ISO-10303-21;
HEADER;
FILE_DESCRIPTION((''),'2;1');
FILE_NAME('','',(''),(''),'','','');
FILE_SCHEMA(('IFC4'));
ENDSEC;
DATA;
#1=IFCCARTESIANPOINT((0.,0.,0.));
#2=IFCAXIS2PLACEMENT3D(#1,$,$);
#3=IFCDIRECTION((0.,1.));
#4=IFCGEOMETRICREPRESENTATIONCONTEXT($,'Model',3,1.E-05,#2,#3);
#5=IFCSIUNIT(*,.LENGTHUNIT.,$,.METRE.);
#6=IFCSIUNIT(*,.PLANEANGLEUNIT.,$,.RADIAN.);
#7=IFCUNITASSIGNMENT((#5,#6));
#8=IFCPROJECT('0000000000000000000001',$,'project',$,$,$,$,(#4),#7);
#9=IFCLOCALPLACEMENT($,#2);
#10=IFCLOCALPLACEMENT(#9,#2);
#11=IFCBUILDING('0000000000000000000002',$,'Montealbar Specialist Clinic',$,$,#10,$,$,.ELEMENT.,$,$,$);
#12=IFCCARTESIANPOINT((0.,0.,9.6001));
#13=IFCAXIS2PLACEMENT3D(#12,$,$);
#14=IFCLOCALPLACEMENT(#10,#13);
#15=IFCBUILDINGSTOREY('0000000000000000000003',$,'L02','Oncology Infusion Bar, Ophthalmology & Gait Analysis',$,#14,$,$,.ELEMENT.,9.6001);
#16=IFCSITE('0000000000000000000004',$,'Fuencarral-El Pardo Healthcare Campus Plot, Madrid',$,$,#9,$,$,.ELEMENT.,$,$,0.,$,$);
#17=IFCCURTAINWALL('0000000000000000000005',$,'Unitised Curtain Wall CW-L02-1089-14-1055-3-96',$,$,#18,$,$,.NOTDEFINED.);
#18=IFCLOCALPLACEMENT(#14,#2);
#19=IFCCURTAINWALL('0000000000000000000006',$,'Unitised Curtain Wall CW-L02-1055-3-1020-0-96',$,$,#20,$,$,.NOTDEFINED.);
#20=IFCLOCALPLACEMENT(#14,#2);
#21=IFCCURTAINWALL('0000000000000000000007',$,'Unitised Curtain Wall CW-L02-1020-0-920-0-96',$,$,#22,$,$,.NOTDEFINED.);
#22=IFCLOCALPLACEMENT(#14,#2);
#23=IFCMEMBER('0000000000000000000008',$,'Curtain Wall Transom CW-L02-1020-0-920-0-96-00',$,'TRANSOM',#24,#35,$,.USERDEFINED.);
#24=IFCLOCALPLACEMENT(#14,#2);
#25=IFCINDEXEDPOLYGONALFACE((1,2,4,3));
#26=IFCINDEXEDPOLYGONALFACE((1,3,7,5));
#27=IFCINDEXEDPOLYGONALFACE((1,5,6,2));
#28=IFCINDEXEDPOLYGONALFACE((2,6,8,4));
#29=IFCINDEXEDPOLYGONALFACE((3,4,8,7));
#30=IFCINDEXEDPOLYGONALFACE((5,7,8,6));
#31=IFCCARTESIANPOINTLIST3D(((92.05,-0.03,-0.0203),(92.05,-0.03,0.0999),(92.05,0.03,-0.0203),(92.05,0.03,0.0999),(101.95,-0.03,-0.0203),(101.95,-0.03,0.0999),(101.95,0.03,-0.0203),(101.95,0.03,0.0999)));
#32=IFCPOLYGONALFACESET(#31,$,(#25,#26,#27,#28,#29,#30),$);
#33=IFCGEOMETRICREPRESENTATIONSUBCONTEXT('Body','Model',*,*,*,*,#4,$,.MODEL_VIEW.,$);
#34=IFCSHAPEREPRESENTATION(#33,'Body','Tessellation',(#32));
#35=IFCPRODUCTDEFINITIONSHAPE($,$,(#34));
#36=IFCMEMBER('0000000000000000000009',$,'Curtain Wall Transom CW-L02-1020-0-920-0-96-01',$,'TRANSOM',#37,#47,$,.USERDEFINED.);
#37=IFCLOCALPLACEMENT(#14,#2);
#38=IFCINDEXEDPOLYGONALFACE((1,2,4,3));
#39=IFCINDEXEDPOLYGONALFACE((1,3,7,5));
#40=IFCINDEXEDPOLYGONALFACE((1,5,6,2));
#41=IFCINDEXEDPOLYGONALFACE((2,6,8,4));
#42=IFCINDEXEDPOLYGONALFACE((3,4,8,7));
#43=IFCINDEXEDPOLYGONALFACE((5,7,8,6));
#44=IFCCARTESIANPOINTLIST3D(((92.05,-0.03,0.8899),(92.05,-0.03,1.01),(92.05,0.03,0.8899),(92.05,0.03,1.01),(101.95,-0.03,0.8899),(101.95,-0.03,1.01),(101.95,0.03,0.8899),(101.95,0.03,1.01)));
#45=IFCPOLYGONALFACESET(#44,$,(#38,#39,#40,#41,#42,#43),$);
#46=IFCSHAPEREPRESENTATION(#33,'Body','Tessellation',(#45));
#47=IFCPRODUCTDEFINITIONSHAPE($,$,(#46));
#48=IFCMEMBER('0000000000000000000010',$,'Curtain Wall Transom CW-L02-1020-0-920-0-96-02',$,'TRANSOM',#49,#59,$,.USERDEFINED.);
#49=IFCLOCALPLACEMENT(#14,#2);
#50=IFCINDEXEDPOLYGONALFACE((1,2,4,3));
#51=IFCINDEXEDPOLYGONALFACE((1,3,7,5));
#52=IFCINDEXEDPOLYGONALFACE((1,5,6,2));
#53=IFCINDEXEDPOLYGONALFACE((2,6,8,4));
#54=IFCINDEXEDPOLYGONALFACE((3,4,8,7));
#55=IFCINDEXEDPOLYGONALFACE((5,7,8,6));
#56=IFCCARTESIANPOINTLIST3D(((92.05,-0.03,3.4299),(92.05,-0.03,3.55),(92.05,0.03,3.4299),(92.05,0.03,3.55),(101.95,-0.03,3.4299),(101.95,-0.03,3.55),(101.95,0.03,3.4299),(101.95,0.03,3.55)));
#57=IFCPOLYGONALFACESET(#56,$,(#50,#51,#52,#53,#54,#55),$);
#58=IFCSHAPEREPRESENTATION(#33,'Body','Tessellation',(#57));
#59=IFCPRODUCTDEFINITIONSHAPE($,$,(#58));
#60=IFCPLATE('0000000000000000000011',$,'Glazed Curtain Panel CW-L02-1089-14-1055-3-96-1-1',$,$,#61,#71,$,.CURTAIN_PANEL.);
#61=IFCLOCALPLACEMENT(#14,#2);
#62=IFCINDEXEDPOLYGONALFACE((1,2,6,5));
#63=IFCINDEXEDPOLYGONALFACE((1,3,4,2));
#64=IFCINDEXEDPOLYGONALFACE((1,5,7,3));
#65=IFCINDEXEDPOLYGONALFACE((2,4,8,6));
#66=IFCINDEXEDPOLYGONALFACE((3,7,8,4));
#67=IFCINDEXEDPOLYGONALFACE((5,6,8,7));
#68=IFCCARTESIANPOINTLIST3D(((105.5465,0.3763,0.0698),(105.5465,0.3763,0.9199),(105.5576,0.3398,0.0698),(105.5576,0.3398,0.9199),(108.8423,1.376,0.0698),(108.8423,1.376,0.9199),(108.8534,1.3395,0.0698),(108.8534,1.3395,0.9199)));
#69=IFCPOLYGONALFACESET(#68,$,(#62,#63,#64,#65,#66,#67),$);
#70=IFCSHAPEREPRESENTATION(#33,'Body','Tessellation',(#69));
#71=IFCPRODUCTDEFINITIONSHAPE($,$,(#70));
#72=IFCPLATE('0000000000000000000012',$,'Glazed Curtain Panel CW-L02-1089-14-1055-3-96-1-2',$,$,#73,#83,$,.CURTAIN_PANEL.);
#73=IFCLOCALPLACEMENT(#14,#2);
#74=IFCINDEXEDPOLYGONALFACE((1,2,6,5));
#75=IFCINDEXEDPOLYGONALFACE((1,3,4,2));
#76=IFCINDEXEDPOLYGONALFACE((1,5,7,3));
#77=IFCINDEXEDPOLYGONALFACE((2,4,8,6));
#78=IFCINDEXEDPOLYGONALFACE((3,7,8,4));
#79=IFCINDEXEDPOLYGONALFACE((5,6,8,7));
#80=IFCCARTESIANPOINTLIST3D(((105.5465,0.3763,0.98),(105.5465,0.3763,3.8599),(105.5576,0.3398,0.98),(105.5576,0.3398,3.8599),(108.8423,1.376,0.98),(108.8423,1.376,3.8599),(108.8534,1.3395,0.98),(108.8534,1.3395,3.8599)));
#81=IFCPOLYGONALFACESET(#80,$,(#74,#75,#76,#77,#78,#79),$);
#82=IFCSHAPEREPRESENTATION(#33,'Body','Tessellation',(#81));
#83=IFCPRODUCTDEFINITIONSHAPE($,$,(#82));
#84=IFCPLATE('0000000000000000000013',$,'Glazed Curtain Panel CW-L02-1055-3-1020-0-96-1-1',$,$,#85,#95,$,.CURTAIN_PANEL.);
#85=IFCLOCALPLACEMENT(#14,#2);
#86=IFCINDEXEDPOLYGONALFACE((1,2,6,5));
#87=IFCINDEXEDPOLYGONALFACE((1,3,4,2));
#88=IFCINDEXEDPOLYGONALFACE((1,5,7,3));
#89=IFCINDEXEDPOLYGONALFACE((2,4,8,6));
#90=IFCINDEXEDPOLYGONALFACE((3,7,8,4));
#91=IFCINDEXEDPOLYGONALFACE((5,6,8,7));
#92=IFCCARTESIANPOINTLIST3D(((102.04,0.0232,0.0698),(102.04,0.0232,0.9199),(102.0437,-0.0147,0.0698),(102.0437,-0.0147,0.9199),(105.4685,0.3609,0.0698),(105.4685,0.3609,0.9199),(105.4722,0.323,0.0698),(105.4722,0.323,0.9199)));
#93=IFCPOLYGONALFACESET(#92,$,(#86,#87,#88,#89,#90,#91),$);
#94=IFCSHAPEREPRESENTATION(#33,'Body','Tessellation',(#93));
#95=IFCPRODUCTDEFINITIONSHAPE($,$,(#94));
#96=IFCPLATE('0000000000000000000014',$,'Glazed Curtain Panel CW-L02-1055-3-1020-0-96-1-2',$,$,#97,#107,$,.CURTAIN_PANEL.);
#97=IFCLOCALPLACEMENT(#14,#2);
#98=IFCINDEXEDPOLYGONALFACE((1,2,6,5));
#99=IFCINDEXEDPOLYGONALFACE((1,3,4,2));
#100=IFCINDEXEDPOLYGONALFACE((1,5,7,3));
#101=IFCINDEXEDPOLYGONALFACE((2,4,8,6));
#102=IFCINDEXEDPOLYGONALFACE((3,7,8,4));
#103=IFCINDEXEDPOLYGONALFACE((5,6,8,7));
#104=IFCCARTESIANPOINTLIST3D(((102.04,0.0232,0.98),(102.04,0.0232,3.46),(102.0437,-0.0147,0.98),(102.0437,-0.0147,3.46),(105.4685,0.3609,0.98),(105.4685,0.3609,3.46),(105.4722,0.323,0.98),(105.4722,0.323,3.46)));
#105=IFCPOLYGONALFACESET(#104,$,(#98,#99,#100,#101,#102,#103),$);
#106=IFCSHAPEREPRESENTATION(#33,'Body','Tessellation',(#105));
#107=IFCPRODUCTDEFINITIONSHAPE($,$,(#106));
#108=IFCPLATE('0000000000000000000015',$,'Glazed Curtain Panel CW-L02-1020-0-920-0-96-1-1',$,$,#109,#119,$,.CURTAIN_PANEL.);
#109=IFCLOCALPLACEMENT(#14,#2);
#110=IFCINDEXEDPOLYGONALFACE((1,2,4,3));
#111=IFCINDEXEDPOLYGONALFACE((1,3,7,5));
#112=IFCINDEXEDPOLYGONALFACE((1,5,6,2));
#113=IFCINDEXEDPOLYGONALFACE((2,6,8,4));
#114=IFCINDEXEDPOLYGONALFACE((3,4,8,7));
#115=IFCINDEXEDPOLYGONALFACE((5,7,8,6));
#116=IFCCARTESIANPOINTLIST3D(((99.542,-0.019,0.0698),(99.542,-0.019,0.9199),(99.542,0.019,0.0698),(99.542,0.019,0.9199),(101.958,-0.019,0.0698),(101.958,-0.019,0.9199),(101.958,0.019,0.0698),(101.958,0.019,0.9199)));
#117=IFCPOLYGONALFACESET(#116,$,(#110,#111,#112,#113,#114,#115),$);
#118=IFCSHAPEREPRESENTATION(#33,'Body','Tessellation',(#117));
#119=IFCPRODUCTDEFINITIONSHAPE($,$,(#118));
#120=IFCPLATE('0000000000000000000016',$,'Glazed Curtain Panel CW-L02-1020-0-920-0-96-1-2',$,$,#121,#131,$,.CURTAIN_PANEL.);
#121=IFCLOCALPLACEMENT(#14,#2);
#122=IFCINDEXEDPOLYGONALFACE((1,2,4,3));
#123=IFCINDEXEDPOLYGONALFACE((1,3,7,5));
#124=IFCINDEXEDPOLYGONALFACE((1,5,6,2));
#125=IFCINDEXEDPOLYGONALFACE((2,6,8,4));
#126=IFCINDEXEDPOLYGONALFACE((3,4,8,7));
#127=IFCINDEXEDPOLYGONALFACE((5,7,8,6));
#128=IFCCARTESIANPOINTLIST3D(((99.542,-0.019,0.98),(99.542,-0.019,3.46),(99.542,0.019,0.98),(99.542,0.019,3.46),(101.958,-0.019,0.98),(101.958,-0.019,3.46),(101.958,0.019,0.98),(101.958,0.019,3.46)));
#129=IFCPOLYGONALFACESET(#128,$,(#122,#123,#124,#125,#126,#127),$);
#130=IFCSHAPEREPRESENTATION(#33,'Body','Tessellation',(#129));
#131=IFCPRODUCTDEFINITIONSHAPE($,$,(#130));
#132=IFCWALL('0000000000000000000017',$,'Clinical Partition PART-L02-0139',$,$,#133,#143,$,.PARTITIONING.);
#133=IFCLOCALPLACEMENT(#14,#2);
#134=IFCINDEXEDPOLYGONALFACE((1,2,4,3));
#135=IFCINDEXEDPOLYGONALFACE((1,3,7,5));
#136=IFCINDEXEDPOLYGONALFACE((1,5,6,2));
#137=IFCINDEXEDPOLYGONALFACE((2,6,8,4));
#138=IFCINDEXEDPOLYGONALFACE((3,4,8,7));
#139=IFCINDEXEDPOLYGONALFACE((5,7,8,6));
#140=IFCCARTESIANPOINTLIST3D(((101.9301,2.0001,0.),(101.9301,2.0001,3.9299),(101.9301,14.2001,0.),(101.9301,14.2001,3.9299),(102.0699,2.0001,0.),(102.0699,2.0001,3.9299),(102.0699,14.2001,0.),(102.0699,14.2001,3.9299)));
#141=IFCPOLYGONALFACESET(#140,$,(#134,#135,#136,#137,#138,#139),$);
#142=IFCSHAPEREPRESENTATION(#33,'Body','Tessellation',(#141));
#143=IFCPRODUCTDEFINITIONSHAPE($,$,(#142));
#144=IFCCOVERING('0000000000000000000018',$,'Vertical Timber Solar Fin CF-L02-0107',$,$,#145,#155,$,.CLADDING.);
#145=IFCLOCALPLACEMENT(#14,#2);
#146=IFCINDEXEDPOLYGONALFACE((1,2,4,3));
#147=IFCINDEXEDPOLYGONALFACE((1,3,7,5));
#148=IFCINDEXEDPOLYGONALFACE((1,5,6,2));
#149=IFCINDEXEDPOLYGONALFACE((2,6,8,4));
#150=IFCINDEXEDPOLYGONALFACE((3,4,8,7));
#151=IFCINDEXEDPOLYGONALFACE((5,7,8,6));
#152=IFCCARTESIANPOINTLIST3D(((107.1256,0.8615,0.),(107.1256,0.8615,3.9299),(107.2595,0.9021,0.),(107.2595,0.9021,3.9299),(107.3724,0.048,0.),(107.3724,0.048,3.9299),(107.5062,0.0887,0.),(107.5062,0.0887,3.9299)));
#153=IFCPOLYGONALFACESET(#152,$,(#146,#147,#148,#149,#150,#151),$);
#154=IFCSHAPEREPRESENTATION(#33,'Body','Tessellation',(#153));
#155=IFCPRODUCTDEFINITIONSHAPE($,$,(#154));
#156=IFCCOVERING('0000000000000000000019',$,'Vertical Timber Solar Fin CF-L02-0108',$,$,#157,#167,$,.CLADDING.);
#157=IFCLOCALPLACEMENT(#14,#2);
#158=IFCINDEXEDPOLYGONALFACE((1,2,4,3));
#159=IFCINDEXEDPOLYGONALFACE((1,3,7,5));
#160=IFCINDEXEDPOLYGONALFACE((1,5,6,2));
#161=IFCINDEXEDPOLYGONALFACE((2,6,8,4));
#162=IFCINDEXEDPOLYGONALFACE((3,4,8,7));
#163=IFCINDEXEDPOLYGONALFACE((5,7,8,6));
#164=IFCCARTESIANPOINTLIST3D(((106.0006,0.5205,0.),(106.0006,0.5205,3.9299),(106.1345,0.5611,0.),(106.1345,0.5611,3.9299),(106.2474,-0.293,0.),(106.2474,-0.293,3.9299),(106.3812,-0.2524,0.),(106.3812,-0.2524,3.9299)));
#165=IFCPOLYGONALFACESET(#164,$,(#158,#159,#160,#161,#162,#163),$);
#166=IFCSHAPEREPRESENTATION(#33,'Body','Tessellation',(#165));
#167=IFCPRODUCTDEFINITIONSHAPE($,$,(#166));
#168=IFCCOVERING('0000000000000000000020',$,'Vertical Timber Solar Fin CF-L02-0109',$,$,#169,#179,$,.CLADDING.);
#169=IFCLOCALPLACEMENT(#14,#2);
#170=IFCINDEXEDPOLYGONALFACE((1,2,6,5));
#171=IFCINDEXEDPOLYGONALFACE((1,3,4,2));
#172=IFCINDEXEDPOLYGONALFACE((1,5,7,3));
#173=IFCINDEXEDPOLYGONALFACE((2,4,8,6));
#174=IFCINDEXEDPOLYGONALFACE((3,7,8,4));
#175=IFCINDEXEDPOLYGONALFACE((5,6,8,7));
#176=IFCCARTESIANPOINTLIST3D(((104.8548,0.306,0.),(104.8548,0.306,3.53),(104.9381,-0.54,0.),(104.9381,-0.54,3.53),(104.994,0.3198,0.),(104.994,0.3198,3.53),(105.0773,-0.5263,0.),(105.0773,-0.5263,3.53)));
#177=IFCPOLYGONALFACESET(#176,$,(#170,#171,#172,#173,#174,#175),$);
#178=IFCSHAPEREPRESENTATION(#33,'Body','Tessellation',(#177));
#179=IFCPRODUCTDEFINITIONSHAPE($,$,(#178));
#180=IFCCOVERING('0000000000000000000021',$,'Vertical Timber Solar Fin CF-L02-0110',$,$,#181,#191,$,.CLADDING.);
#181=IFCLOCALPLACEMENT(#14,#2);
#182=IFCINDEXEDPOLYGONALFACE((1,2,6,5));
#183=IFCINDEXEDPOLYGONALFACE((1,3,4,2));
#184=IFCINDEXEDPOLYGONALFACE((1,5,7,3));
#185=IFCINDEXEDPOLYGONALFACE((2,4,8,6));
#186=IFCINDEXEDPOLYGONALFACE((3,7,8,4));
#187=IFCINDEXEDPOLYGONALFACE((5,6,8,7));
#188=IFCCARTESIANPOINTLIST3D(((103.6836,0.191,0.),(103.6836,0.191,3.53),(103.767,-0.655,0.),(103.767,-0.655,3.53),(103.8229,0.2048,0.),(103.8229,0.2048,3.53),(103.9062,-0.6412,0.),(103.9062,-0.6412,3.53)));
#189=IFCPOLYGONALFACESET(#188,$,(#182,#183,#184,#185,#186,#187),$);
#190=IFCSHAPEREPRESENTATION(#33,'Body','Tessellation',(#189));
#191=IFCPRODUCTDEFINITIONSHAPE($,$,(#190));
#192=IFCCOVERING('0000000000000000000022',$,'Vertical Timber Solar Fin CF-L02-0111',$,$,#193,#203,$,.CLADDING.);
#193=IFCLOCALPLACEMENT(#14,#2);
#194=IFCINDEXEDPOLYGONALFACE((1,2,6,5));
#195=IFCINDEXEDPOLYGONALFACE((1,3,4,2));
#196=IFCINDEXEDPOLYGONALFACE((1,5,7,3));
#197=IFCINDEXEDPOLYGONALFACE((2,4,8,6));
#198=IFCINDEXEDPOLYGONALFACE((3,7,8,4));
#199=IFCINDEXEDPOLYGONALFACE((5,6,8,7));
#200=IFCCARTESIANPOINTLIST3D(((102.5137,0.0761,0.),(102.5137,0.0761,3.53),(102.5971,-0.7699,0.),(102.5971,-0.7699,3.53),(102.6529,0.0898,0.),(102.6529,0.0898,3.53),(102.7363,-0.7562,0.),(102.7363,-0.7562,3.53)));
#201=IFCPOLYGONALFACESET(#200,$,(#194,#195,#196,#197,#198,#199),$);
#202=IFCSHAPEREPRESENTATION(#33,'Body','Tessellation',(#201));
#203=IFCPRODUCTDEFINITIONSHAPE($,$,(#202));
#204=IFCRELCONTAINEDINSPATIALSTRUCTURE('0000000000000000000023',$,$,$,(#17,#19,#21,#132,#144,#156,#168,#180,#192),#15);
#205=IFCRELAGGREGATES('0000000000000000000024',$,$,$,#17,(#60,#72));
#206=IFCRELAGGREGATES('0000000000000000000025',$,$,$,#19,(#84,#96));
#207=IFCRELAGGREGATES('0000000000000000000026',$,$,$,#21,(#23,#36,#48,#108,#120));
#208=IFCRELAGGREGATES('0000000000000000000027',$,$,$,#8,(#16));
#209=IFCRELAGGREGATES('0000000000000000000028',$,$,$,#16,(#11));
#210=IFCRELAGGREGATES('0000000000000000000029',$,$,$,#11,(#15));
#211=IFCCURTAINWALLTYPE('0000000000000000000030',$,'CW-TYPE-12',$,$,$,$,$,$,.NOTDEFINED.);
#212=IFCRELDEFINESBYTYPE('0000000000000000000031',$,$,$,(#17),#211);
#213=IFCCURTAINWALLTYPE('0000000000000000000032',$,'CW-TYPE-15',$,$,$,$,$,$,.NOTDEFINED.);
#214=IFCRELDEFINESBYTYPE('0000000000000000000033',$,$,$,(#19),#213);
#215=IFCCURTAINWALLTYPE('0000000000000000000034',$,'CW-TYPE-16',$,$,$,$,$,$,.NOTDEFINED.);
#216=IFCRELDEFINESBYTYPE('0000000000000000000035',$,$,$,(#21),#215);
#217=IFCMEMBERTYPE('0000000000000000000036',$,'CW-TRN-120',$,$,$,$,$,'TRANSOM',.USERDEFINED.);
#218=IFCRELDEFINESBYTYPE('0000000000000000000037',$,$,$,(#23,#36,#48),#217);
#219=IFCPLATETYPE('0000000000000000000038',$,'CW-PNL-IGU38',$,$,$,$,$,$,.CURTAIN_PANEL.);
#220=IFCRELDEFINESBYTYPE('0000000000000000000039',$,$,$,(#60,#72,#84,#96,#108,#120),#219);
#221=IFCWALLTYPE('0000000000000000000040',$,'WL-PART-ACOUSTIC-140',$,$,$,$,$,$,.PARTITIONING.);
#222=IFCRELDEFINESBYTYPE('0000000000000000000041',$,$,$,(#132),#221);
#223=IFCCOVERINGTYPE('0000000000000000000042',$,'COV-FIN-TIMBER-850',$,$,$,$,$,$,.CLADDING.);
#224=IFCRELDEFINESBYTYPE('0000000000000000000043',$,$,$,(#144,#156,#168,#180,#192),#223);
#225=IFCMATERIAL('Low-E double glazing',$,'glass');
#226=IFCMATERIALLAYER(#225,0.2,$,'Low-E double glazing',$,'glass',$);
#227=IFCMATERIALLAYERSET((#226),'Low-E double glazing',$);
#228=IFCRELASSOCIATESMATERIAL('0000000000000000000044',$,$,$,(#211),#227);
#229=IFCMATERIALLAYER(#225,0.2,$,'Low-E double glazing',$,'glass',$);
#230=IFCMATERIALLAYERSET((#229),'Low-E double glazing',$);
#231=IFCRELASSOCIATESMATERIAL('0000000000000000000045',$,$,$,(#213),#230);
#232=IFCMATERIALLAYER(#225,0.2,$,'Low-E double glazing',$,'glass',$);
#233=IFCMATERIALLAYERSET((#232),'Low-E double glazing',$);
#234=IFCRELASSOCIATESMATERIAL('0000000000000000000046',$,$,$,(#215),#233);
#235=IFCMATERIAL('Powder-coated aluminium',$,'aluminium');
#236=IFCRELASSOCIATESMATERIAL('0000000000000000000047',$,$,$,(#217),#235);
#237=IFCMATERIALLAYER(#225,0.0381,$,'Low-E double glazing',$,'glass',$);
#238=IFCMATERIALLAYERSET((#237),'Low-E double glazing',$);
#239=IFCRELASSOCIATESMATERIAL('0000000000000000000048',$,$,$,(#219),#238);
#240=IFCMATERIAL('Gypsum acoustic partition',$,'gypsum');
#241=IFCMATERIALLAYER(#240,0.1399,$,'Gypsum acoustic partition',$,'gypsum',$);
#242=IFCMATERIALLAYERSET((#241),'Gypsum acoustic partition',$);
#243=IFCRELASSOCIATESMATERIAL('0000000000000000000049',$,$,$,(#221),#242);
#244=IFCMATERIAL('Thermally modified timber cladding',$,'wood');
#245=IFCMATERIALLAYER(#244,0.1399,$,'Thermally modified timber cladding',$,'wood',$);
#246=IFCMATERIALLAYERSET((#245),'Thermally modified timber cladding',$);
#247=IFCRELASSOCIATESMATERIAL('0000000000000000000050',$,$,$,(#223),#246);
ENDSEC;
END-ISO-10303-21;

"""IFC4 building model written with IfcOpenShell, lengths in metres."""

from ifc_helpers import new_model, si_unit, direction, frame, frame_2d, origin, origin_2d, place, context, subcontext, project, spatial, rectangle, extrude, material, layer, layer_set, material_profile, profile_set, type_object, element, aggregate, save


model = new_model("IFC4")

# Units and contexts
model_context = context("Model", 3, precision=1e-05, world=origin(), true_north=direction((0.0, 1.0)))
body_context = subcontext(model_context, "Body", "Model", "MODEL_VIEW")
ifc_project = project(units=[si_unit("LENGTHUNIT", "METRE"), si_unit("PLANEANGLEUNIT", "RADIAN")], contexts=[model_context])

# Site, building, storey
site_placement = place(None, origin())
site = spatial("IfcSite", under=ifc_project, at=site_placement, Name="Fuencarral-El Pardo Healthcare Campus Plot, Madrid", CompositionType="ELEMENT", RefElevation=0.0)
building_placement = place(site_placement, origin())
building = spatial("IfcBuilding", under=site, at=building_placement, Name="Montealbar Specialist Clinic", CompositionType="ELEMENT")
storey_placement = place(building_placement, frame((0.0, 0.0, 9.6001)))
storey = spatial("IfcBuildingStorey", under=building, at=storey_placement, Name="L02", Description="Oncology Infusion Bar, Ophthalmology & Gait Analysis", CompositionType="ELEMENT", Elevation=9.6001)

# Curtain wall
ifc_material_1 = material(Name="Low-E double glazing", Category="glass")
ifc_layer_1 = layer(ifc_material_1, 0.2, Name="Low-E double glazing", Category="glass")
ifc_layer_set_1 = layer_set([ifc_layer_1], Name="Low-E double glazing")
curtain_wall_type_1 = type_object("IfcCurtainWallType", Name="CW-TYPE-12", PredefinedType="NOTDEFINED", material=ifc_layer_set_1)
curtain_wall_1_placement = place(storey_placement, origin())
curtain_wall_1 = element("IfcCurtainWall", 1, at=curtain_wall_1_placement, inside=storey, type_object=curtain_wall_type_1, Name="Unitised Curtain Wall CW-L02-1089-14-1055-3-96", PredefinedType="NOTDEFINED")

# Curtain wall
ifc_layer_2 = layer(ifc_material_1, 0.2, Name="Low-E double glazing", Category="glass")
ifc_layer_set_2 = layer_set([ifc_layer_2], Name="Low-E double glazing")
curtain_wall_type_2 = type_object("IfcCurtainWallType", Name="CW-TYPE-15", PredefinedType="NOTDEFINED", material=ifc_layer_set_2)
curtain_wall_2_placement = place(storey_placement, origin())
curtain_wall_2 = element("IfcCurtainWall", 2, at=curtain_wall_2_placement, inside=storey, type_object=curtain_wall_type_2, Name="Unitised Curtain Wall CW-L02-1055-3-1020-0-96", PredefinedType="NOTDEFINED")

# Curtain wall
ifc_layer_3 = layer(ifc_material_1, 0.2, Name="Low-E double glazing", Category="glass")
ifc_layer_set_3 = layer_set([ifc_layer_3], Name="Low-E double glazing")
curtain_wall_type_3 = type_object("IfcCurtainWallType", Name="CW-TYPE-16", PredefinedType="NOTDEFINED", material=ifc_layer_set_3)
curtain_wall_3_placement = place(storey_placement, origin())
curtain_wall_3 = element("IfcCurtainWall", 3, at=curtain_wall_3_placement, inside=storey, type_object=curtain_wall_type_3, Name="Unitised Curtain Wall CW-L02-1020-0-920-0-96", PredefinedType="NOTDEFINED")

# Members
ifc_material_2 = material(Name="Powder-coated aluminium", Category="aluminium")
ifc_material_profile_1 = material_profile(ifc_material_2, rectangle(XDim=0.0601, YDim=0.1201, at=origin_2d()), Name="ALU 60x120", Category="aluminium")
ifc_profile_set_1 = profile_set([ifc_material_profile_1], Name="Powder-coated aluminium")
member_type_1 = type_object("IfcMemberType", Name="CW-TRN-120", ElementType="TRANSOM", PredefinedType="USERDEFINED", material=ifc_profile_set_1)
member_1_placement = place(storey_placement, frame((101.95, 0.0, 0.0398), z_axis=(-1.0, 0.0, 0.0), x_axis=(0.0, -1.0, 0.0)))
member_1 = element("IfcMember", 4, at=member_1_placement, type_object=member_type_1, Name="Curtain Wall Transom CW-L02-1020-0-920-0-96-00", ObjectType="TRANSOM", PredefinedType="USERDEFINED", context=body_context, shape_type="SweptSolid", body=[
    extrude(rectangle(XDim=0.0601, YDim=0.1201, at=origin_2d()), origin(), (0.0, 0.0, 1.0), 9.8999),
])
member_2_placement = place(storey_placement, frame((101.95, 0.0, 0.95), z_axis=(-1.0, 0.0, 0.0), x_axis=(0.0, -1.0, 0.0)))
member_2 = element("IfcMember", 5, at=member_2_placement, type_object=member_type_1, Name="Curtain Wall Transom CW-L02-1020-0-920-0-96-01", ObjectType="TRANSOM", PredefinedType="USERDEFINED", context=body_context, shape_type="SweptSolid", body=[
    extrude(rectangle(XDim=0.0601, YDim=0.1201, at=origin_2d()), origin(), (0.0, 0.0, 1.0), 9.8999),
])
member_3_placement = place(storey_placement, frame((101.95, 0.0, 3.49), z_axis=(-1.0, 0.0, 0.0), x_axis=(0.0, -1.0, 0.0)))
member_3 = element("IfcMember", 6, at=member_3_placement, type_object=member_type_1, Name="Curtain Wall Transom CW-L02-1020-0-920-0-96-02", ObjectType="TRANSOM", PredefinedType="USERDEFINED", context=body_context, shape_type="SweptSolid", body=[
    extrude(rectangle(XDim=0.0601, YDim=0.1201, at=origin_2d()), origin(), (0.0, 0.0, 1.0), 9.8999),
])

# Plates
ifc_layer_4 = layer(ifc_material_1, 0.0381, Name="Low-E double glazing", Category="glass")
ifc_layer_set_4 = layer_set([ifc_layer_4], Name="Low-E double glazing")
plate_type = type_object("IfcPlateType", Name="CW-PNL-IGU38", PredefinedType="CURTAIN_PANEL", material=ifc_layer_set_4)
plate_1_placement = place(storey_placement, frame((107.2, 0.8579, 0.0698), z_axis=(0.0, 0.0, 1.0), x_axis=(-0.956948, -0.290259, 0.0)))
plate_1 = element("IfcPlate", 7, at=plate_1_placement, type_object=plate_type, Name="Glazed Curtain Panel CW-L02-1089-14-1055-3-96-1-1", PredefinedType="CURTAIN_PANEL", context=body_context, shape_type="SweptSolid", body=[
    extrude(rectangle(XDim=3.4441, YDim=0.0381, at=origin_2d()), origin(), (0.0, 0.0, 1.0), 0.8501),
])
plate_2_placement = place(storey_placement, frame((107.2, 0.8579, 0.98), z_axis=(0.0, 0.0, 1.0), x_axis=(-0.956948, -0.290259, 0.0)))
plate_2 = element("IfcPlate", 8, at=plate_2_placement, type_object=plate_type, Name="Glazed Curtain Panel CW-L02-1089-14-1055-3-96-1-2", PredefinedType="CURTAIN_PANEL", context=body_context, shape_type="SweptSolid", body=[
    extrude(rectangle(XDim=3.4441, YDim=0.0381, at=origin_2d()), origin(), (0.0, 0.0, 1.0), 2.8799),
])
aggregate(curtain_wall_1, [plate_1, plate_2])
plate_3_placement = place(storey_placement, frame((103.7561, 0.1731, 0.0698), z_axis=(0.0, 0.0, 1.0), x_axis=(-0.995182, -0.098045, 0.0)))
plate_3 = element("IfcPlate", 9, at=plate_3_placement, type_object=plate_type, Name="Glazed Curtain Panel CW-L02-1055-3-1020-0-96-1-1", PredefinedType="CURTAIN_PANEL", context=body_context, shape_type="SweptSolid", body=[
    extrude(rectangle(XDim=3.4451, YDim=0.0381, at=origin_2d()), origin(), (0.0, 0.0, 1.0), 0.8501),
])
plate_4_placement = place(storey_placement, frame((103.7561, 0.1731, 0.98), z_axis=(0.0, 0.0, 1.0), x_axis=(-0.995182, -0.098045, 0.0)))
plate_4 = element("IfcPlate", 10, at=plate_4_placement, type_object=plate_type, Name="Glazed Curtain Panel CW-L02-1055-3-1020-0-96-1-2", PredefinedType="CURTAIN_PANEL", context=body_context, shape_type="SweptSolid", body=[
    extrude(rectangle(XDim=3.4451, YDim=0.0381, at=origin_2d()), origin(), (0.0, 0.0, 1.0), 2.48),
])
aggregate(curtain_wall_2, [plate_3, plate_4])
plate_5_placement = place(storey_placement, frame((100.75, 0.0, 0.0698), z_axis=(0.0, 0.0, 1.0), x_axis=(-1.0, 0.0, 0.0)))
plate_5 = element("IfcPlate", 11, at=plate_5_placement, type_object=plate_type, Name="Glazed Curtain Panel CW-L02-1020-0-920-0-96-1-1", PredefinedType="CURTAIN_PANEL", context=body_context, shape_type="SweptSolid", body=[
    extrude(rectangle(XDim=2.416, YDim=0.0381, at=origin_2d()), origin(), (0.0, 0.0, 1.0), 0.8501),
])
plate_6_placement = place(storey_placement, frame((100.75, 0.0, 0.98), z_axis=(0.0, 0.0, 1.0), x_axis=(-1.0, 0.0, 0.0)))
plate_6 = element("IfcPlate", 12, at=plate_6_placement, type_object=plate_type, Name="Glazed Curtain Panel CW-L02-1020-0-920-0-96-1-2", PredefinedType="CURTAIN_PANEL", context=body_context, shape_type="SweptSolid", body=[
    extrude(rectangle(XDim=2.416, YDim=0.0381, at=origin_2d()), origin(), (0.0, 0.0, 1.0), 2.48),
])
aggregate(curtain_wall_3, [member_1, member_2, member_3, plate_5, plate_6])

# Wall
ifc_material_3 = material(Name="Gypsum acoustic partition", Category="gypsum")
ifc_layer_5 = layer(ifc_material_3, 0.1399, Name="Gypsum acoustic partition", Category="gypsum")
ifc_layer_set_5 = layer_set([ifc_layer_5], Name="Gypsum acoustic partition")
wall_type = type_object("IfcWallType", Name="WL-PART-ACOUSTIC-140", PredefinedType="PARTITIONING", material=ifc_layer_set_5)
wall_placement = place(storey_placement, frame((102.0, 2.0, 0.0), z_axis=(0.0, 0.0, 1.0), x_axis=(0.0, 1.0, 0.0)))
element("IfcWall", 13, at=wall_placement, inside=storey, type_object=wall_type, Name="Clinical Partition PART-L02-0139", PredefinedType="PARTITIONING", context=body_context, shape_type="SweptSolid", body=[
    extrude(rectangle(XDim=12.2, YDim=0.1399, at=frame_2d((6.1001, 0.0))), origin(), (0.0, 0.0, 1.0), 3.9299),
])

# Coverings
ifc_material_4 = material(Name="Thermally modified timber cladding", Category="wood")
ifc_layer_6 = layer(ifc_material_4, 0.1399, Name="Thermally modified timber cladding", Category="wood")
ifc_layer_set_6 = layer_set([ifc_layer_6], Name="Thermally modified timber cladding")
covering_type = type_object("IfcCoveringType", Name="COV-FIN-TIMBER-850", PredefinedType="CLADDING", material=ifc_layer_set_6)
for number, where, z_axis, x_axis, name in (
    (14, (107.3159, 0.4751, 0.0), (0.0, 0.0, 1.0), (0.290259, -0.956948, 0.0), "Vertical Timber Solar Fin CF-L02-0107"),
    (15, (106.1909, 0.134, 0.0), (0.0, 0.0, 1.0), (0.290259, -0.956948, 0.0), "Vertical Timber Solar Fin CF-L02-0108"),
):
    element("IfcCovering", number, at=place(storey_placement, frame(where, z_axis=z_axis, x_axis=x_axis)), inside=storey, type_object=covering_type, Name=name, PredefinedType="CLADDING", context=body_context, shape_type="SweptSolid", body=[
        extrude(rectangle(XDim=0.8501, YDim=0.1399, at=origin_2d()), origin(), (0.0, 0.0, 1.0), 3.9299),
    ])
for number, where, z_axis, x_axis, name in (
    (16, (104.9661, -0.1101, 0.0), (0.0, 0.0, 1.0), (0.098045, -0.995182, 0.0), "Vertical Timber Solar Fin CF-L02-0109"),
    (17, (103.7949, -0.2251, 0.0), (0.0, 0.0, 1.0), (0.098045, -0.995182, 0.0), "Vertical Timber Solar Fin CF-L02-0110"),
    (18, (102.625, -0.3401, 0.0), (0.0, 0.0, 1.0), (0.098045, -0.995182, 0.0), "Vertical Timber Solar Fin CF-L02-0111"),
):
    element("IfcCovering", number, at=place(storey_placement, frame(where, z_axis=z_axis, x_axis=x_axis)), inside=storey, type_object=covering_type, Name=name, PredefinedType="CLADDING", context=body_context, shape_type="SweptSolid", body=[
        extrude(rectangle(XDim=0.8501, YDim=0.1399, at=origin_2d()), origin(), (0.0, 0.0, 1.0), 3.53),
    ])

save(model, "model.ifc")
